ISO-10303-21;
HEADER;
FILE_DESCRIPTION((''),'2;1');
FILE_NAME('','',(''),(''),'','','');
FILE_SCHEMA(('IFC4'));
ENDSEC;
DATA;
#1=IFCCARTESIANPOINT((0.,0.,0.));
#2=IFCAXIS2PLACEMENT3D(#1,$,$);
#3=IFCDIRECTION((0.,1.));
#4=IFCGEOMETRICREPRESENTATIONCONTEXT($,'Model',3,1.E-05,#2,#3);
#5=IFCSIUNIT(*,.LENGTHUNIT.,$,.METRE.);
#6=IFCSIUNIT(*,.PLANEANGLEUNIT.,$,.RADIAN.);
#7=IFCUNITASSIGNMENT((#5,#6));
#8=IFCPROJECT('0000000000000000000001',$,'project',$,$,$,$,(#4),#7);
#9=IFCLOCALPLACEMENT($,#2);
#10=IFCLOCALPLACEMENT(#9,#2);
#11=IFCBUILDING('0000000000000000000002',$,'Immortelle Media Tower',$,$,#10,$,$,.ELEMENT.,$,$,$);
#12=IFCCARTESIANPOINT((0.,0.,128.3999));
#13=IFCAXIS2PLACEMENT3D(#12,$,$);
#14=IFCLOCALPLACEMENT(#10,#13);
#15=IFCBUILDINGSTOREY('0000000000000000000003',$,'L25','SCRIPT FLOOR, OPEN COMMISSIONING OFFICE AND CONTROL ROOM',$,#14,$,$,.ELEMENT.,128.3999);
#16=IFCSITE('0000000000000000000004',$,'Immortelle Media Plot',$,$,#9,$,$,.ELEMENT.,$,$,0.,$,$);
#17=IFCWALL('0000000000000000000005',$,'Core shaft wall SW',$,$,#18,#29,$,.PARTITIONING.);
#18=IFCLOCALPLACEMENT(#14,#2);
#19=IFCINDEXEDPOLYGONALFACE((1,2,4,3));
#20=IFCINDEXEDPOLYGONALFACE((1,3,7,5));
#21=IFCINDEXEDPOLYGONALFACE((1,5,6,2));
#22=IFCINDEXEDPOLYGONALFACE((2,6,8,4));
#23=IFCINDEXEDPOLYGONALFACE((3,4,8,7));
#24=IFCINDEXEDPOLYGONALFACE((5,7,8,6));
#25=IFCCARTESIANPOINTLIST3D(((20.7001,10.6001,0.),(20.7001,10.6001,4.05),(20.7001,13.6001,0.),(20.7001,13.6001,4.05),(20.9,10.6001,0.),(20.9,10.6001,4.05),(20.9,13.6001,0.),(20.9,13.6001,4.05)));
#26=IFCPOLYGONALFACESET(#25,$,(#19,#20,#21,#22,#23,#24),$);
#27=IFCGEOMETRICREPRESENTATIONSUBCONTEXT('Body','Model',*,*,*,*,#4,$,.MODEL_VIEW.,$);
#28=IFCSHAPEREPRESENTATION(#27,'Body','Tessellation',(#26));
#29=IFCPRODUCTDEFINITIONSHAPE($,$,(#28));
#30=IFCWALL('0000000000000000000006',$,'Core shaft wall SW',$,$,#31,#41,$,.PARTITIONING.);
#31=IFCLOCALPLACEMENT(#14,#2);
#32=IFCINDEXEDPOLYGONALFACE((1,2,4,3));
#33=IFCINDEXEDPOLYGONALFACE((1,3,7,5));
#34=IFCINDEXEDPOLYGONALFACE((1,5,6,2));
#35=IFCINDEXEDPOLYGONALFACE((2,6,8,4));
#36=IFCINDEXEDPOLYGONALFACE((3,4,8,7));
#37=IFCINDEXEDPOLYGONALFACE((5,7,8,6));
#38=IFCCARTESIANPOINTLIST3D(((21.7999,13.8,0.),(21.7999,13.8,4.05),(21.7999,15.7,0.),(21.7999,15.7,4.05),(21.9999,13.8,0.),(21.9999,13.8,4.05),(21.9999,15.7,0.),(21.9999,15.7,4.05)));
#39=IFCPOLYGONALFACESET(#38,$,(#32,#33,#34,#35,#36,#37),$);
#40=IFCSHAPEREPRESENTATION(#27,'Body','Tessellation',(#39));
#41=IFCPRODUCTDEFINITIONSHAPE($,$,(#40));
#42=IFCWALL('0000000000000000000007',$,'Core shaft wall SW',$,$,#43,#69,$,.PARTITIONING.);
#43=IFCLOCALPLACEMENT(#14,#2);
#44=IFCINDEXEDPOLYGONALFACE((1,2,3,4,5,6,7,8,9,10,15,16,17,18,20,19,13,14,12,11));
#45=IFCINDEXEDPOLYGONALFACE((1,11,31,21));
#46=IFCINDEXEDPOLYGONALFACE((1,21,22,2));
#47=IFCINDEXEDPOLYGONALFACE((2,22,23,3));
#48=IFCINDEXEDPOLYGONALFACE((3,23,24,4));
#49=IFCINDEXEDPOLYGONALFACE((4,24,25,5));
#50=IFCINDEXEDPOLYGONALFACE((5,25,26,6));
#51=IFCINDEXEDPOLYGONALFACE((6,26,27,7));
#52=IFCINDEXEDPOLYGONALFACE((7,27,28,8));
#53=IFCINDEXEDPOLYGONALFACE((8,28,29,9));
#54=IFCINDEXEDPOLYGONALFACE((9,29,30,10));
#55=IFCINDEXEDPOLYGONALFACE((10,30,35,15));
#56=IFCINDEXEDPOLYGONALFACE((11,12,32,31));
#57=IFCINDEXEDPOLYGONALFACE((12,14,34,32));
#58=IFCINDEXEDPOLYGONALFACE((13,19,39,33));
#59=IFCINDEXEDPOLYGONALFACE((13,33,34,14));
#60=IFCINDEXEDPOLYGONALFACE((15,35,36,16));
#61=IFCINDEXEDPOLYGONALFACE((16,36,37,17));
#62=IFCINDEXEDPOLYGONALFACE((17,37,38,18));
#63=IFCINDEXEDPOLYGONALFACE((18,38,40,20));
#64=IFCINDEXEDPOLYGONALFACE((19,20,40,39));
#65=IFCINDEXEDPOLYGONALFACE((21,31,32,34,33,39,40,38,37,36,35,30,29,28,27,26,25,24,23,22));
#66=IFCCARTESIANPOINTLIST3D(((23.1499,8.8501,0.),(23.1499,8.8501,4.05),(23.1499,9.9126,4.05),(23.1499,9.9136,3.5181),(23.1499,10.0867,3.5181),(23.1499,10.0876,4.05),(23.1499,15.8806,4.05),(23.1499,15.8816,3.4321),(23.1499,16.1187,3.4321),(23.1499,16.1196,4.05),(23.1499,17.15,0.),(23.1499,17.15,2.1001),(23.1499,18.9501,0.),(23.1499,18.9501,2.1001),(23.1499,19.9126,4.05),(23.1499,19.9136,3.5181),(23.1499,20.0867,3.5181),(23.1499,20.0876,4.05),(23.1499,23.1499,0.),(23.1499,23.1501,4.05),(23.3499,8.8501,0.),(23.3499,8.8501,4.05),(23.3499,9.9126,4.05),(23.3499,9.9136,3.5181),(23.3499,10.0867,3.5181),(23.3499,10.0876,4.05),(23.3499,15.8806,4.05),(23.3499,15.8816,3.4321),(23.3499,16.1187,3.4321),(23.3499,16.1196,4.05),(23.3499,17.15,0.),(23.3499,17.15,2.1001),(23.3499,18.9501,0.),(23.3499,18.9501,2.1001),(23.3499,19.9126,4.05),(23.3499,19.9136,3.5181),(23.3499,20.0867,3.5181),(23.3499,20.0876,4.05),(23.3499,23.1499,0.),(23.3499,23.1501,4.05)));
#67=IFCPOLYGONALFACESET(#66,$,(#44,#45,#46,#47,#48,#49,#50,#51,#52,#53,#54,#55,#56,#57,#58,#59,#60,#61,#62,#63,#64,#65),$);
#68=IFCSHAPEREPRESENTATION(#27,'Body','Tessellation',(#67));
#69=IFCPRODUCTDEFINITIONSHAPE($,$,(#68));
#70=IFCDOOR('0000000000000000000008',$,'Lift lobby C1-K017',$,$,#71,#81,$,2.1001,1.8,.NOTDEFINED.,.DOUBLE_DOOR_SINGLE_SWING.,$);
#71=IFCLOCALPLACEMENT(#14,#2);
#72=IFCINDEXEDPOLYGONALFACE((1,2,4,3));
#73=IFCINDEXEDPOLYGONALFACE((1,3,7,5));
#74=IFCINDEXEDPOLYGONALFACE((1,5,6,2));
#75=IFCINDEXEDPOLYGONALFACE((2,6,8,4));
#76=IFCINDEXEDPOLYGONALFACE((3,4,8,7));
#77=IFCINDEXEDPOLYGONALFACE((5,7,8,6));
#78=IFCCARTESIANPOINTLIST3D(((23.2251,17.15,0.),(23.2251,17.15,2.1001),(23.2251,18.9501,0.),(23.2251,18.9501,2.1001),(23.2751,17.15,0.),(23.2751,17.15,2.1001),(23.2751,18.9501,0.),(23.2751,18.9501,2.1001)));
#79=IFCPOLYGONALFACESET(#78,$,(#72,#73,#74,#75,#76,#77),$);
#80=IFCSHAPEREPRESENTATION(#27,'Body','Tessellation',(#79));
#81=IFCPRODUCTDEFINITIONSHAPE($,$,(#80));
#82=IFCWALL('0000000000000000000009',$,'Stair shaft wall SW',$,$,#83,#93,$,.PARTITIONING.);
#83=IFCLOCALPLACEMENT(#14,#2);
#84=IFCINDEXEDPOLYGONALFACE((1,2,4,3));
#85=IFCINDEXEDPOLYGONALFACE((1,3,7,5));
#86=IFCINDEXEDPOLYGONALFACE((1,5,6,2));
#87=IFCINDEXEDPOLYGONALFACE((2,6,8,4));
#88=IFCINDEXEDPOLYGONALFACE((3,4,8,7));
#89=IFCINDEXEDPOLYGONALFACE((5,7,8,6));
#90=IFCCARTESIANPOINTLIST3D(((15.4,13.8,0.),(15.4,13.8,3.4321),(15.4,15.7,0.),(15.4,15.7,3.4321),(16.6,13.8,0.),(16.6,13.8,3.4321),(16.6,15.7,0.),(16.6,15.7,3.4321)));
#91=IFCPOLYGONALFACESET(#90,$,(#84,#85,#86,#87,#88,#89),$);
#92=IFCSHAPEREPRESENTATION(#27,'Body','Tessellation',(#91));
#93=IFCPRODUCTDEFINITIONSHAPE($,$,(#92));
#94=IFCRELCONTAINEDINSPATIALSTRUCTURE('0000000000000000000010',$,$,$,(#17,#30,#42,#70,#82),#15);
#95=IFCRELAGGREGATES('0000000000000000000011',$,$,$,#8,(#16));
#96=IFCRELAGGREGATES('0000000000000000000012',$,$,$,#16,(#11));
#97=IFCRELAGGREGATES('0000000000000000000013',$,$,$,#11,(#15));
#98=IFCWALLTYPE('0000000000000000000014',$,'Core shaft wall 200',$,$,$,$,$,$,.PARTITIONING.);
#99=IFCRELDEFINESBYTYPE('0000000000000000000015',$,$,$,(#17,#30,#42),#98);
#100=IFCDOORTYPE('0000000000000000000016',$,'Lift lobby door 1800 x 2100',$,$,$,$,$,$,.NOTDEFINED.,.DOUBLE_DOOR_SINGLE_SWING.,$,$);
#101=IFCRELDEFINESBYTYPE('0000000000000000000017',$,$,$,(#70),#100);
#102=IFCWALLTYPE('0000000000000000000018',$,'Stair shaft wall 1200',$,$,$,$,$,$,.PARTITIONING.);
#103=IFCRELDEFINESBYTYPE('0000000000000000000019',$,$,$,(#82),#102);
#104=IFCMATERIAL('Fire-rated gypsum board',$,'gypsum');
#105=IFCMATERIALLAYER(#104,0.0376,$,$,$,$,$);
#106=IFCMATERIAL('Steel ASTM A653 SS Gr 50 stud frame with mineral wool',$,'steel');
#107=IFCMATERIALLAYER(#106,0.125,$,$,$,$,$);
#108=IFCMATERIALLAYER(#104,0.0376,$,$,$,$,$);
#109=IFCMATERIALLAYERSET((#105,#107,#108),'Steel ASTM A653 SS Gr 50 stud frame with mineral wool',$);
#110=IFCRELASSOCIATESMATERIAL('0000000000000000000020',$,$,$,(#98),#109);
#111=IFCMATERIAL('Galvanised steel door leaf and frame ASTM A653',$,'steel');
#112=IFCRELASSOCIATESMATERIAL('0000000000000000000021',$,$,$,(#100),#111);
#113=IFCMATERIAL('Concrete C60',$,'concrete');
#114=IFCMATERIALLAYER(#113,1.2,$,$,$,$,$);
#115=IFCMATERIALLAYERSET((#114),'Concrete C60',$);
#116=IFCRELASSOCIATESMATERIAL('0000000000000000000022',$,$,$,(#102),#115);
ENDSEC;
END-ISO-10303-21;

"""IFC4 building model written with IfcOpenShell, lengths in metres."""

from ifc_helpers import new_model, si_unit, direction, frame, frame_2d, origin, place, context, subcontext, project, spatial, polyline, rectangle, outline, extrude, material, layer, layer_set, type_object, element, fill, save


model = new_model("IFC4")

# Units and contexts
model_context = context("Model", 3, precision=1e-05, world=origin(), true_north=direction((0.0, 1.0)))
body_context = subcontext(model_context, "Body", "Model", "MODEL_VIEW")
ifc_project = project(units=[si_unit("LENGTHUNIT", "METRE"), si_unit("PLANEANGLEUNIT", "RADIAN")], contexts=[model_context])

# Site, building, storey
site_placement = place(None, origin())
site = spatial("IfcSite", under=ifc_project, at=site_placement, Name="Immortelle Media Plot", CompositionType="ELEMENT", RefElevation=0.0)
building_placement = place(site_placement, origin())
building = spatial("IfcBuilding", under=site, at=building_placement, Name="Immortelle Media Tower", CompositionType="ELEMENT")
storey_placement = place(building_placement, frame((0.0, 0.0, 128.3999)))
storey = spatial("IfcBuildingStorey", under=building, at=storey_placement, Name="L25", Description="SCRIPT FLOOR, OPEN COMMISSIONING OFFICE AND CONTROL ROOM", CompositionType="ELEMENT", Elevation=128.3999)

# Shared definitions
ifc_material_1 = material(Name="Galvanised steel door leaf and frame ASTM A653", Category="steel")

# Walls
ifc_material_2 = material(Name="Fire-rated gypsum board", Category="gypsum")
ifc_layer_1 = layer(ifc_material_2, 0.0376)
ifc_material_3 = material(Name="Steel ASTM A653 SS Gr 50 stud frame with mineral wool", Category="steel")
ifc_layer_2 = layer(ifc_material_3, 0.125)
ifc_layer_3 = layer(ifc_material_2, 0.0376)
ifc_layer_set_1 = layer_set([ifc_layer_1, ifc_layer_2, ifc_layer_3], Name="Steel ASTM A653 SS Gr 50 stud frame with mineral wool")
wall_type_1 = type_object("IfcWallType", Name="Core shaft wall 200", PredefinedType="PARTITIONING", material=ifc_layer_set_1)
wall_1_placement = place(storey_placement, frame((20.8, 10.6001, 0.0), z_axis=(0.0, 0.0, 1.0), x_axis=(0.0, 1.0, 0.0)))
element("IfcWall", 1, at=wall_1_placement, inside=storey, type_object=wall_type_1, Name="Core shaft wall SW", PredefinedType="PARTITIONING", context=body_context, shape_type="SweptSolid", body=[
    extrude(rectangle(XDim=3.0, YDim=0.2, at=frame_2d((1.5, 0.0))), origin(), (0.0, 0.0, 1.0), 4.05),
])
wall_2_placement = place(storey_placement, frame((21.8999, 13.8, 0.0), z_axis=(0.0, 0.0, 1.0), x_axis=(0.0, 1.0, 0.0)))
element("IfcWall", 2, at=wall_2_placement, inside=storey, type_object=wall_type_1, Name="Core shaft wall SW", PredefinedType="PARTITIONING", context=body_context, shape_type="SweptSolid", body=[
    extrude(rectangle(XDim=1.8999, YDim=0.2, at=frame_2d((0.95, 0.0))), origin(), (0.0, 0.0, 1.0), 4.05),
])

# Wall, opening, door
wall_3_placement = place(storey_placement, frame((23.25, 8.8501, 0.0), z_axis=(0.0, 0.0, 1.0), x_axis=(0.0, 1.0, 0.0)))
wall_3 = element("IfcWall", 3, at=wall_3_placement, inside=storey, type_object=wall_type_1, Name="Core shaft wall SW", PredefinedType="PARTITIONING", context=body_context, shape_type="SweptSolid", body=[
    extrude(outline(polyline([(0.0, 0.0), (14.2998, 0.0), (14.3, 4.05), (11.2375, 4.05), (11.2366, 3.5181), (11.0635, 3.5181), (11.0625, 4.05), (7.2695, 4.05), (7.2686, 3.4321), (7.0315, 3.4321), (7.0305, 4.05), (1.2375, 4.05), (1.2366, 3.5181), (1.0635, 3.5181), (1.0625, 4.05), (0.0, 4.05), (0.0, 0.0)])), frame((0.0, 0.1001, 0.0), z_axis=(0.0, -1.0, 0.0), x_axis=(1.0, 0.0, 0.0)), (0.0, 0.0, 1.0), 0.2),
])
opening_1_placement = place(wall_3_placement, frame((8.3, 0.0, 0.0)))
opening_1 = element("IfcOpeningElement", 4, at=opening_1_placement, cuts=wall_3, PredefinedType="OPENING", context=body_context, shape_type="SweptSolid", body=[
    extrude(rectangle(XDim=1.8, YDim=2.1001, at=frame_2d((0.8999, 1.05))), frame((0.0, 0.1099, 0.0), z_axis=(0.0, -1.0, 0.0), x_axis=(1.0, 0.0, 0.0)), (0.0, 0.0, 1.0), 0.22),
])
door_type_1 = type_object("IfcDoorType", Name="Lift lobby door 1800 x 2100", OperationType="DOUBLE_DOOR_SINGLE_SWING", PredefinedType="NOTDEFINED", material=ifc_material_1)
door_1_placement = place(opening_1_placement, origin())
door_1 = element("IfcDoor", 5, at=door_1_placement, inside=storey, type_object=door_type_1, Name="Lift lobby C1-K017", OperationType="DOUBLE_DOOR_SINGLE_SWING", OverallHeight=2.1001, OverallWidth=1.8, PredefinedType="NOTDEFINED", context=body_context, shape_type="SweptSolid", body=[
    extrude(rectangle(XDim=1.8, YDim=2.1001, at=frame_2d((0.8999, 1.05))), frame((0.0, 0.0249, 0.0), z_axis=(0.0, -1.0, 0.0), x_axis=(1.0, 0.0, 0.0)), (0.0, 0.0, 1.0), 0.05),
])
fill(opening_1, door_1)

# Wall
ifc_material_4 = material(Name="Concrete C60", Category="concrete")
ifc_layer_4 = layer(ifc_material_4, 1.2)
ifc_layer_set_2 = layer_set([ifc_layer_4], Name="Concrete C60")
wall_type_2 = type_object("IfcWallType", Name="Stair shaft wall 1200", PredefinedType="PARTITIONING", material=ifc_layer_set_2)
wall_4_placement = place(storey_placement, frame((16.0, 13.8, 0.0), z_axis=(0.0, 0.0, 1.0), x_axis=(0.0, 1.0, 0.0)))
element("IfcWall", 6, at=wall_4_placement, inside=storey, type_object=wall_type_2, Name="Stair shaft wall SW", PredefinedType="PARTITIONING", context=body_context, shape_type="SweptSolid", body=[
    extrude(rectangle(XDim=1.8999, YDim=1.2, at=frame_2d((0.95, 0.0))), origin(), (0.0, 0.0, 1.0), 3.4321),
])

save(model, "model.ifc")
